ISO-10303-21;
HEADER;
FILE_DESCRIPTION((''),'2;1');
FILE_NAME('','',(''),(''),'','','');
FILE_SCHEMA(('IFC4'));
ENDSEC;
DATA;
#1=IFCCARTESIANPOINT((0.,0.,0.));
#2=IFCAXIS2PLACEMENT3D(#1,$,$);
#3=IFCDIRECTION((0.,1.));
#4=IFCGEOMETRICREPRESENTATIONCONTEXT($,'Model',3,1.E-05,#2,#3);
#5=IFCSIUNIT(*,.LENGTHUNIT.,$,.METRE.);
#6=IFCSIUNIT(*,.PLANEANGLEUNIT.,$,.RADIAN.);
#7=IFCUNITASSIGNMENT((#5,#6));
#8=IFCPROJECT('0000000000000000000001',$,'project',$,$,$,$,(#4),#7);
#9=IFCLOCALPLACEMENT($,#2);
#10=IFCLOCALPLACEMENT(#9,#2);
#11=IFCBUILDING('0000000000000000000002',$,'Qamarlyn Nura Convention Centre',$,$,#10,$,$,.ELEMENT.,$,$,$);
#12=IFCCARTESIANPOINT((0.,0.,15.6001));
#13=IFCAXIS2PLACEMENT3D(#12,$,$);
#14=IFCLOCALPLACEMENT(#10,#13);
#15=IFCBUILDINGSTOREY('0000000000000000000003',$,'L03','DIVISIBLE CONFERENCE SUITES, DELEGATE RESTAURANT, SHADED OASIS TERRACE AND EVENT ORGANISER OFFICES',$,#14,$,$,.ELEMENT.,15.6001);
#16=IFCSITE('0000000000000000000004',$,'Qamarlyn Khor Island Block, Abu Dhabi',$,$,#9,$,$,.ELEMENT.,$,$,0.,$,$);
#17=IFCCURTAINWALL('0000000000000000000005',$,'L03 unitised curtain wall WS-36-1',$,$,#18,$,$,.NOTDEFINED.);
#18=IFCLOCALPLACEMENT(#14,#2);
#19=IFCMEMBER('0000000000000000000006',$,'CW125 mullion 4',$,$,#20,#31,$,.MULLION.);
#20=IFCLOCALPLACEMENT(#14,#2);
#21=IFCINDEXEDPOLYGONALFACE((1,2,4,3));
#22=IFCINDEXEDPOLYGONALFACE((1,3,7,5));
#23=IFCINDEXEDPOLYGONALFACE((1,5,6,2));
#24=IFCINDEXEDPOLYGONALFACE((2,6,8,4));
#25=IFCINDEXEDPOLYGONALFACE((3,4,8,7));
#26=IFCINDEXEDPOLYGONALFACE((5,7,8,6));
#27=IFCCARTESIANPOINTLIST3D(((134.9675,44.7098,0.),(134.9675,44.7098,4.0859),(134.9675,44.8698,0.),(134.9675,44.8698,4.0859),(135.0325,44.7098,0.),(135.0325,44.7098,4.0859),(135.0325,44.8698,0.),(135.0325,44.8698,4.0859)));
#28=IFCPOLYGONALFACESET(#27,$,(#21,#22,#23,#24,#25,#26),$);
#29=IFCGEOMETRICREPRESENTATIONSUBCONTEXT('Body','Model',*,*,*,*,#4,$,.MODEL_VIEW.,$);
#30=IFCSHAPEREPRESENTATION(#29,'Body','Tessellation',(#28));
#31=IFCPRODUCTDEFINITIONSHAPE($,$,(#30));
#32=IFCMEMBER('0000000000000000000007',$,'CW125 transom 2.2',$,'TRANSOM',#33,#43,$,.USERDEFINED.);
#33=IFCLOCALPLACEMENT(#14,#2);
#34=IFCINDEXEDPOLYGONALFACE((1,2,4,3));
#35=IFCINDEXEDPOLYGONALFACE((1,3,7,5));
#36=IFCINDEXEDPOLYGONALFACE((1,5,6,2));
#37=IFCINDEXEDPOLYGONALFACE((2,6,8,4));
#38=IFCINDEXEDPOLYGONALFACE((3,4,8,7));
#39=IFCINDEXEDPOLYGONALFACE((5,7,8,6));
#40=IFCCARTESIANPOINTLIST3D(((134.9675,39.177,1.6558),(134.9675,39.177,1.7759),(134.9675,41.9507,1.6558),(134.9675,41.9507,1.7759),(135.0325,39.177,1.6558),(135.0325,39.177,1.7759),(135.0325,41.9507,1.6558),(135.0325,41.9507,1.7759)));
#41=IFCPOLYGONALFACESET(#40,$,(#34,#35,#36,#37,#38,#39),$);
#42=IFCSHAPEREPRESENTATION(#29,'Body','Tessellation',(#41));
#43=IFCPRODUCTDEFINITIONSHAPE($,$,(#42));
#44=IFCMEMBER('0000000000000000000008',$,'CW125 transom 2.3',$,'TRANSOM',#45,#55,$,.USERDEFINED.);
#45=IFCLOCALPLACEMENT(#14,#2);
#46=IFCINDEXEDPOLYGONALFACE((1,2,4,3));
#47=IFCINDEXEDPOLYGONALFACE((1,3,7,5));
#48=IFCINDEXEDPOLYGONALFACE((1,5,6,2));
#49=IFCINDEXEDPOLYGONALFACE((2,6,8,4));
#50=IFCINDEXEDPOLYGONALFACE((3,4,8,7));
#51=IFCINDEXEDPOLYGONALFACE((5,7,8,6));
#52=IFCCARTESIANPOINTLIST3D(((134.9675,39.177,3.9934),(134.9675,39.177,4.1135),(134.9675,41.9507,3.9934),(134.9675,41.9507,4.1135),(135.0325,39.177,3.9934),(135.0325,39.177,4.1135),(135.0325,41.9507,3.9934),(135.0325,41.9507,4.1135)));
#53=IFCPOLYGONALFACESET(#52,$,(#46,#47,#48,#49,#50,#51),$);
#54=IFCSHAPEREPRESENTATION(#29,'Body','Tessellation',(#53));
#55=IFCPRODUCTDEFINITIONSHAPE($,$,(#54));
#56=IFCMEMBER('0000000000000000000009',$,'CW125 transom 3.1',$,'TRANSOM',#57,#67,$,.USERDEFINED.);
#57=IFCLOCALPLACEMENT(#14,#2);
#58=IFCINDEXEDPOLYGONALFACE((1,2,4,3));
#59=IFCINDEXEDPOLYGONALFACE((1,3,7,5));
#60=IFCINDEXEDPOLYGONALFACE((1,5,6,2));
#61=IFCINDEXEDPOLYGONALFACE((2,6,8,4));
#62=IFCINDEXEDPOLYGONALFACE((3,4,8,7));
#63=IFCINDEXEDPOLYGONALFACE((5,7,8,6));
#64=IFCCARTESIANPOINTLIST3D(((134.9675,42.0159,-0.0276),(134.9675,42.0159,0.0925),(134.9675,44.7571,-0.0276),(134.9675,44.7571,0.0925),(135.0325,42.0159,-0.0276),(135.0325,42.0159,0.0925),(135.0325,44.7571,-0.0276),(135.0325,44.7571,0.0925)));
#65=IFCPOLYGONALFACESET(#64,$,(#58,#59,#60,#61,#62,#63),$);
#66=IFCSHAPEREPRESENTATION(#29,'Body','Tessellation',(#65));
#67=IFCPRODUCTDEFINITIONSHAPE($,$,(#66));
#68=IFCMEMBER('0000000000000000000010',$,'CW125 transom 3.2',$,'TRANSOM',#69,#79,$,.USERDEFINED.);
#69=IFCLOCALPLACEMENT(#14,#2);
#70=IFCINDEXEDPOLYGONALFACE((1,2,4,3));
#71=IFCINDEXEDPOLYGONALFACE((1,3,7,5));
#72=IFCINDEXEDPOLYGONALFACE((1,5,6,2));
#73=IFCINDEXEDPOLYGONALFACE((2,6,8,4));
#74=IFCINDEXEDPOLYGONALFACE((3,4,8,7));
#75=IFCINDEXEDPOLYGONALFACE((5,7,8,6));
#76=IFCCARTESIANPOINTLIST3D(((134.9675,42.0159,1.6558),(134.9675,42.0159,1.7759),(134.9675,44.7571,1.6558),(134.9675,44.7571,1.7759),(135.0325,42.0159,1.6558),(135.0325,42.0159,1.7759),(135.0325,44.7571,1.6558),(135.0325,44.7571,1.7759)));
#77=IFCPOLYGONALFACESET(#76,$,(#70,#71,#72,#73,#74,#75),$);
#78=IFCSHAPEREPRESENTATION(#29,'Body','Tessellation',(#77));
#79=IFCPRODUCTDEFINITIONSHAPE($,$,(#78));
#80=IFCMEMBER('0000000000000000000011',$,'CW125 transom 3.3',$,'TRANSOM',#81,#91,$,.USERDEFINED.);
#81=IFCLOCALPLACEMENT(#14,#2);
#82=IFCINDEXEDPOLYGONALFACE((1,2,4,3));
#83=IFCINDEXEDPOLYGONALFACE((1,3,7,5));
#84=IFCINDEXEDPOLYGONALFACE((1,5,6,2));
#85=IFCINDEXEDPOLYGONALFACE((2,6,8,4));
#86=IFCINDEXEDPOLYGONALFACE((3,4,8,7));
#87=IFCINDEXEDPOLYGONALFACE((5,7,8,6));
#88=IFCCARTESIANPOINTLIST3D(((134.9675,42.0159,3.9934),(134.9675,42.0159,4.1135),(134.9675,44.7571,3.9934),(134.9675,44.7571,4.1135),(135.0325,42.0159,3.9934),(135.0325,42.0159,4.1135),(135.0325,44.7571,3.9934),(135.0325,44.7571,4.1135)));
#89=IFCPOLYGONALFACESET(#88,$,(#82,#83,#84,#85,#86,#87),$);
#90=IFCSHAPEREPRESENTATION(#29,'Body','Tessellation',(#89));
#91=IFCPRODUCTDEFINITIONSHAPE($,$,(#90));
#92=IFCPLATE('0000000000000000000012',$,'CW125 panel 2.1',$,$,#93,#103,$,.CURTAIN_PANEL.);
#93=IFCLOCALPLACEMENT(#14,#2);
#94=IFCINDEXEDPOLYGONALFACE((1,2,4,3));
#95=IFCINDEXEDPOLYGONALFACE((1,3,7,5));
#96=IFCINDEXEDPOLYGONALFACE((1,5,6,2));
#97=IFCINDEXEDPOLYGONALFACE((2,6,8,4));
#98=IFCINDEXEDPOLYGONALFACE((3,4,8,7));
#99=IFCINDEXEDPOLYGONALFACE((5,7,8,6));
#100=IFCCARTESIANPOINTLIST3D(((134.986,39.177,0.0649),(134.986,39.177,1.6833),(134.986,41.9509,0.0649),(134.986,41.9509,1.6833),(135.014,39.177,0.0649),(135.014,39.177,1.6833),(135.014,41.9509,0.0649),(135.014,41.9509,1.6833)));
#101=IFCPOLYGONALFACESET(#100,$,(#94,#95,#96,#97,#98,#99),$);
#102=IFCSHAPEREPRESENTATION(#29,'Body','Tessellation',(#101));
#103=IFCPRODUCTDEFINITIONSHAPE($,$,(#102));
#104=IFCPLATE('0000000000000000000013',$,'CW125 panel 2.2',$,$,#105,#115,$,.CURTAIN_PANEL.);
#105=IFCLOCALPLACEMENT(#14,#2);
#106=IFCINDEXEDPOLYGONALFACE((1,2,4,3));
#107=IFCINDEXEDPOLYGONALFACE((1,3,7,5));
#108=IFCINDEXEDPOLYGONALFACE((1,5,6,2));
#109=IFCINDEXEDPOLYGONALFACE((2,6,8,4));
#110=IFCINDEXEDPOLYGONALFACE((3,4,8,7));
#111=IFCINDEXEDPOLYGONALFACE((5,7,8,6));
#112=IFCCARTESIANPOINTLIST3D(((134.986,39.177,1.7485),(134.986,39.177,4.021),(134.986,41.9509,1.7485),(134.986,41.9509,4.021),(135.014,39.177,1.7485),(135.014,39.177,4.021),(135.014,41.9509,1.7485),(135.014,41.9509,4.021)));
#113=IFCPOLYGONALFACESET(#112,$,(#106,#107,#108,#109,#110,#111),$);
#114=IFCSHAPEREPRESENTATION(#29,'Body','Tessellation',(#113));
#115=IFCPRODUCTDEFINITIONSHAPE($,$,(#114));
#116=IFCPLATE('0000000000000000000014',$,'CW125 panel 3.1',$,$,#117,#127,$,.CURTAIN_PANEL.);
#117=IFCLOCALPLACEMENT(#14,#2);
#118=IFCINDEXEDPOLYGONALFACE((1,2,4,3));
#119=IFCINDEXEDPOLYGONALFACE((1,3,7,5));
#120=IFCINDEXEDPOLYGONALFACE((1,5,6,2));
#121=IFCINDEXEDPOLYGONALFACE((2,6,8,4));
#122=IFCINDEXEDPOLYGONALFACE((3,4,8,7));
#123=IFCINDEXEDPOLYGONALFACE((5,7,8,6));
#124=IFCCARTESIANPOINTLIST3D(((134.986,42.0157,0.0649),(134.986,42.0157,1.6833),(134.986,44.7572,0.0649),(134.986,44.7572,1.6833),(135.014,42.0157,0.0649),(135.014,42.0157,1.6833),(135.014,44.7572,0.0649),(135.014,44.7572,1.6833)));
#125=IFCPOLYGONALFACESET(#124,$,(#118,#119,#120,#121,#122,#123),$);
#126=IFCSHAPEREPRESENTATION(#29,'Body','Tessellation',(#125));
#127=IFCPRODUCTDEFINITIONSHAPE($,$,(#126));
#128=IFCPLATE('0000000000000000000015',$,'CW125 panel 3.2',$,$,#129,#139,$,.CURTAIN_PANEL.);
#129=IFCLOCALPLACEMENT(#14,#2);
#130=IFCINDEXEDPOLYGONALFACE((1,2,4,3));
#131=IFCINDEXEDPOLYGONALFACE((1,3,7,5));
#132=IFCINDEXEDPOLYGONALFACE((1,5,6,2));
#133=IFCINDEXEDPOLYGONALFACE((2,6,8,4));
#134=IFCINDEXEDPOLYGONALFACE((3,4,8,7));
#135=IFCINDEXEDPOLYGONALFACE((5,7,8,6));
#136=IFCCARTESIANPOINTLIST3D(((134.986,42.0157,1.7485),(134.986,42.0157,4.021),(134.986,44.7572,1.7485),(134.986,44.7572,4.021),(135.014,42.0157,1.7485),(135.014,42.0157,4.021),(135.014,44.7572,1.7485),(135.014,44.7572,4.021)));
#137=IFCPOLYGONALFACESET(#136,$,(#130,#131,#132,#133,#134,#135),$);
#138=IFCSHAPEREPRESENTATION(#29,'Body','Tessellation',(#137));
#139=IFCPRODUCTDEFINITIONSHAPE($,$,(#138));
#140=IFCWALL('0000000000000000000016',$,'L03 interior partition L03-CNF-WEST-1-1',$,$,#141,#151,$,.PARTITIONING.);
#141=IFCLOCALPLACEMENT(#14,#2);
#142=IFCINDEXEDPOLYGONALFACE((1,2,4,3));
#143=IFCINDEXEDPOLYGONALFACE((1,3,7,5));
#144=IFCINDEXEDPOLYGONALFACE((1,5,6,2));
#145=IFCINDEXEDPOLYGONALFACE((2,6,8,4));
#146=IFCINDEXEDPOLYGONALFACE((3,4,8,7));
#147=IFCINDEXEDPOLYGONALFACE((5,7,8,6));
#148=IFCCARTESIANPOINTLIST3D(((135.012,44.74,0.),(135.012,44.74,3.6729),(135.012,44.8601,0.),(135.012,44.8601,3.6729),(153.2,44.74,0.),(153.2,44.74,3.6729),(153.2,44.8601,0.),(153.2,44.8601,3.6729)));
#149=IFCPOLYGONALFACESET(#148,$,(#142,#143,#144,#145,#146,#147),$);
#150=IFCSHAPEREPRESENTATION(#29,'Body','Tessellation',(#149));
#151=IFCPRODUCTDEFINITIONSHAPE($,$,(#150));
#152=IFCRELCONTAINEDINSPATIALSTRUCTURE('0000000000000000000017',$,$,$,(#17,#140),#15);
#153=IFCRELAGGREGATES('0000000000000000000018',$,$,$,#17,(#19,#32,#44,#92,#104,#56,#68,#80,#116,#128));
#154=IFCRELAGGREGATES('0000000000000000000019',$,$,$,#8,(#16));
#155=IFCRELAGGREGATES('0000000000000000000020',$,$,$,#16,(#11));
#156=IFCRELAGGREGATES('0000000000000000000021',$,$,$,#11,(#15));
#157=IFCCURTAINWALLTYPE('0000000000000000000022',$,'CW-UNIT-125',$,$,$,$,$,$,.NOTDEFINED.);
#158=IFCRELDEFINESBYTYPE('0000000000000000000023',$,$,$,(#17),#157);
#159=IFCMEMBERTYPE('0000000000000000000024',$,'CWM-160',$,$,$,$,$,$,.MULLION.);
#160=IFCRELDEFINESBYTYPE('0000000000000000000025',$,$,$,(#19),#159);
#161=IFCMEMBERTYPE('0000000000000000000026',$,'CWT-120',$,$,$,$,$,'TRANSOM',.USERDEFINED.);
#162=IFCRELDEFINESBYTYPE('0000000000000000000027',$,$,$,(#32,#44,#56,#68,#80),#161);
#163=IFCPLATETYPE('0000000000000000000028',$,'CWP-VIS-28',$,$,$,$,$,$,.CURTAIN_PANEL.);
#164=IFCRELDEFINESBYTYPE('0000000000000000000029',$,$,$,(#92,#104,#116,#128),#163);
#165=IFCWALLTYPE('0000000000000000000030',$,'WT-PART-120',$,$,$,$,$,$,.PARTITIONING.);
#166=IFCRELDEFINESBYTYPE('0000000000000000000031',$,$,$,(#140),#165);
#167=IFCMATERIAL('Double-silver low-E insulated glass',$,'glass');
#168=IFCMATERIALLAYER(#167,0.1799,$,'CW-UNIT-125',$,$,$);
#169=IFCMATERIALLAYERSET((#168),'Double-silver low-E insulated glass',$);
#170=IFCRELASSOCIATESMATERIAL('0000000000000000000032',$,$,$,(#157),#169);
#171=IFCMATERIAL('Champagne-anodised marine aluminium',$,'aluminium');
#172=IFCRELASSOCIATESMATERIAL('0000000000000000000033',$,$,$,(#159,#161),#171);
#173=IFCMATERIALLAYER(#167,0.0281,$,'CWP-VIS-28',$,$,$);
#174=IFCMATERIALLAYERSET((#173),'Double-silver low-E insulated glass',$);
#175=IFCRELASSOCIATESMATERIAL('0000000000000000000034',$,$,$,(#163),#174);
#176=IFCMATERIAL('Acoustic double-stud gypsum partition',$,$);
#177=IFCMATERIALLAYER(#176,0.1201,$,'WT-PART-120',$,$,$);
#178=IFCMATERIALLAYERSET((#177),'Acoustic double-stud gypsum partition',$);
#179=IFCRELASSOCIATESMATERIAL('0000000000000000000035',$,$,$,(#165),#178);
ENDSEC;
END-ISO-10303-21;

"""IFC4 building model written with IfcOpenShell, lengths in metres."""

from ifc_helpers import new_model, si_unit, direction, frame, frame_2d, origin, origin_2d, place, context, subcontext, project, spatial, rectangle, extrude, material, layer, layer_set, material_profile, profile_set, type_object, element, aggregate, save


model = new_model("IFC4")

# Units and contexts
model_context = context("Model", 3, precision=1e-05, world=origin(), true_north=direction((0.0, 1.0)))
body_context = subcontext(model_context, "Body", "Model", "MODEL_VIEW")
ifc_project = project(units=[si_unit("LENGTHUNIT", "METRE"), si_unit("PLANEANGLEUNIT", "RADIAN")], contexts=[model_context])

# Site, building, storey
site_placement = place(None, origin())
site = spatial("IfcSite", under=ifc_project, at=site_placement, Name="Qamarlyn Khor Island Block, Abu Dhabi", CompositionType="ELEMENT", RefElevation=0.0)
building_placement = place(site_placement, origin())
building = spatial("IfcBuilding", under=site, at=building_placement, Name="Qamarlyn Nura Convention Centre", CompositionType="ELEMENT")
storey_placement = place(building_placement, frame((0.0, 0.0, 15.6001)))
storey = spatial("IfcBuildingStorey", under=building, at=storey_placement, Name="L03", Description="DIVISIBLE CONFERENCE SUITES, DELEGATE RESTAURANT, SHADED OASIS TERRACE AND EVENT ORGANISER OFFICES", CompositionType="ELEMENT", Elevation=15.6001)

# Curtain wall, members, plates
ifc_material_1 = material(Name="Double-silver low-E insulated glass", Category="glass")
ifc_layer_1 = layer(ifc_material_1, 0.1799, Name="CW-UNIT-125")
ifc_layer_set_1 = layer_set([ifc_layer_1], Name="Double-silver low-E insulated glass")
curtain_wall_type = type_object("IfcCurtainWallType", Name="CW-UNIT-125", PredefinedType="NOTDEFINED", material=ifc_layer_set_1)
curtain_wall_placement = place(storey_placement, origin())
curtain_wall = element("IfcCurtainWall", 1, at=curtain_wall_placement, inside=storey, type_object=curtain_wall_type, Name="L03 unitised curtain wall WS-36-1", PredefinedType="NOTDEFINED")
ifc_material_2 = material(Name="Champagne-anodised marine aluminium", Category="aluminium")
ifc_material_profile_1 = material_profile(ifc_material_2, rectangle(XDim=0.0649, YDim=0.1599, at=origin_2d()), Name="ALU MULLION 65x160")
ifc_profile_set_1 = profile_set([ifc_material_profile_1], Name="Champagne-anodised marine aluminium")
member_type_1 = type_object("IfcMemberType", Name="CWM-160", PredefinedType="MULLION", material=ifc_profile_set_1)
member_1_placement = place(storey_placement, frame((135.0, 44.7898, 0.0), z_axis=(0.0, 0.0, 1.0), x_axis=(-1.0, 0.0, 0.0)))
member_1 = element("IfcMember", 2, at=member_1_placement, type_object=member_type_1, Name="CW125 mullion 4", PredefinedType="MULLION", context=body_context, shape_type="SweptSolid", body=[
    extrude(rectangle(XDim=0.0649, YDim=0.1599, at=origin_2d()), origin(), (0.0, 0.0, 1.0), 4.0859),
])
ifc_material_profile_2 = material_profile(ifc_material_2, rectangle(XDim=0.0649, YDim=0.1201, at=origin_2d()), Name="ALU TRANSOM 65x120")
ifc_profile_set_2 = profile_set([ifc_material_profile_2], Name="Champagne-anodised marine aluminium")
member_type_2 = type_object("IfcMemberType", Name="CWT-120", ElementType="TRANSOM", PredefinedType="USERDEFINED", material=ifc_profile_set_2)
member_2_placement = place(storey_placement, frame((135.0, 39.177, 1.7158), z_axis=(0.0, 1.0, 0.0), x_axis=(-1.0, 0.0, 0.0)))
member_2 = element("IfcMember", 3, at=member_2_placement, type_object=member_type_2, Name="CW125 transom 2.2", ObjectType="TRANSOM", PredefinedType="USERDEFINED", context=body_context, shape_type="SweptSolid", body=[
    extrude(rectangle(XDim=0.0649, YDim=0.1201, at=origin_2d()), origin(), (0.0, 0.0, 1.0), 2.7737),
])
member_3_placement = place(storey_placement, frame((135.0, 39.177, 4.0535), z_axis=(0.0, 1.0, 0.0), x_axis=(-1.0, 0.0, 0.0)))
member_3 = element("IfcMember", 4, at=member_3_placement, type_object=member_type_2, Name="CW125 transom 2.3", ObjectType="TRANSOM", PredefinedType="USERDEFINED", context=body_context, shape_type="SweptSolid", body=[
    extrude(rectangle(XDim=0.0649, YDim=0.1201, at=origin_2d()), origin(), (0.0, 0.0, 1.0), 2.7737),
])
member_4_placement = place(storey_placement, frame((135.0, 42.0159, 0.0325), z_axis=(0.0, 1.0, 0.0), x_axis=(-1.0, 0.0, 0.0)))
member_4 = element("IfcMember", 5, at=member_4_placement, type_object=member_type_2, Name="CW125 transom 3.1", ObjectType="TRANSOM", PredefinedType="USERDEFINED", context=body_context, shape_type="SweptSolid", body=[
    extrude(rectangle(XDim=0.0649, YDim=0.1201, at=origin_2d()), origin(), (0.0, 0.0, 1.0), 2.7412),
])
member_5_placement = place(storey_placement, frame((135.0, 42.0159, 1.7158), z_axis=(0.0, 1.0, 0.0), x_axis=(-1.0, 0.0, 0.0)))
member_5 = element("IfcMember", 6, at=member_5_placement, type_object=member_type_2, Name="CW125 transom 3.2", ObjectType="TRANSOM", PredefinedType="USERDEFINED", context=body_context, shape_type="SweptSolid", body=[
    extrude(rectangle(XDim=0.0649, YDim=0.1201, at=origin_2d()), origin(), (0.0, 0.0, 1.0), 2.7412),
])
member_6_placement = place(storey_placement, frame((135.0, 42.0159, 4.0535), z_axis=(0.0, 1.0, 0.0), x_axis=(-1.0, 0.0, 0.0)))
member_6 = element("IfcMember", 7, at=member_6_placement, type_object=member_type_2, Name="CW125 transom 3.3", ObjectType="TRANSOM", PredefinedType="USERDEFINED", context=body_context, shape_type="SweptSolid", body=[
    extrude(rectangle(XDim=0.0649, YDim=0.1201, at=origin_2d()), origin(), (0.0, 0.0, 1.0), 2.7412),
])
ifc_layer_2 = layer(ifc_material_1, 0.0281, Name="CWP-VIS-28")
ifc_layer_set_2 = layer_set([ifc_layer_2], Name="Double-silver low-E insulated glass")
plate_type = type_object("IfcPlateType", Name="CWP-VIS-28", PredefinedType="CURTAIN_PANEL", material=ifc_layer_set_2)
plate_1_placement = place(storey_placement, frame((135.0, 40.564, 0.0649), z_axis=(0.0, 0.0, 1.0), x_axis=(0.0, 1.0, 0.0)))
plate_1 = element("IfcPlate", 8, at=plate_1_placement, type_object=plate_type, Name="CW125 panel 2.1", PredefinedType="CURTAIN_PANEL", context=body_context, shape_type="SweptSolid", body=[
    extrude(rectangle(XDim=2.7739, YDim=0.0281, at=origin_2d()), origin(), (0.0, 0.0, 1.0), 1.6184),
])
plate_2_placement = place(storey_placement, frame((135.0, 40.564, 1.7485), z_axis=(0.0, 0.0, 1.0), x_axis=(0.0, 1.0, 0.0)))
plate_2 = element("IfcPlate", 9, at=plate_2_placement, type_object=plate_type, Name="CW125 panel 2.2", PredefinedType="CURTAIN_PANEL", context=body_context, shape_type="SweptSolid", body=[
    extrude(rectangle(XDim=2.7739, YDim=0.0281, at=origin_2d()), origin(), (0.0, 0.0, 1.0), 2.2725),
])
plate_3_placement = place(storey_placement, frame((135.0, 43.3865, 0.0649), z_axis=(0.0, 0.0, 1.0), x_axis=(0.0, 1.0, 0.0)))
plate_3 = element("IfcPlate", 10, at=plate_3_placement, type_object=plate_type, Name="CW125 panel 3.1", PredefinedType="CURTAIN_PANEL", context=body_context, shape_type="SweptSolid", body=[
    extrude(rectangle(XDim=2.7415, YDim=0.0281, at=origin_2d()), origin(), (0.0, 0.0, 1.0), 1.6184),
])
plate_4_placement = place(storey_placement, frame((135.0, 43.3865, 1.7485), z_axis=(0.0, 0.0, 1.0), x_axis=(0.0, 1.0, 0.0)))
plate_4 = element("IfcPlate", 11, at=plate_4_placement, type_object=plate_type, Name="CW125 panel 3.2", PredefinedType="CURTAIN_PANEL", context=body_context, shape_type="SweptSolid", body=[
    extrude(rectangle(XDim=2.7415, YDim=0.0281, at=origin_2d()), origin(), (0.0, 0.0, 1.0), 2.2725),
])
aggregate(curtain_wall, [member_1, member_2, member_3, plate_1, plate_2, member_4, member_5, member_6, plate_3, plate_4])

# Wall
ifc_material_3 = material(Name="Acoustic double-stud gypsum partition")
ifc_layer_3 = layer(ifc_material_3, 0.1201, Name="WT-PART-120")
ifc_layer_set_3 = layer_set([ifc_layer_3], Name="Acoustic double-stud gypsum partition")
wall_type = type_object("IfcWallType", Name="WT-PART-120", PredefinedType="PARTITIONING", material=ifc_layer_set_3)
wall_placement = place(storey_placement, frame((135.012, 44.8, 0.0), z_axis=(0.0, 0.0, 1.0), x_axis=(1.0, 0.0, 0.0)))
element("IfcWall", 12, at=wall_placement, inside=storey, type_object=wall_type, Name="L03 interior partition L03-CNF-WEST-1-1", PredefinedType="PARTITIONING", context=body_context, shape_type="SweptSolid", body=[
    extrude(rectangle(XDim=18.188, YDim=0.1201, at=frame_2d((9.094, 0.0))), origin(), (0.0, 0.0, 1.0), 3.6729),
])

save(model, "model.ifc")
